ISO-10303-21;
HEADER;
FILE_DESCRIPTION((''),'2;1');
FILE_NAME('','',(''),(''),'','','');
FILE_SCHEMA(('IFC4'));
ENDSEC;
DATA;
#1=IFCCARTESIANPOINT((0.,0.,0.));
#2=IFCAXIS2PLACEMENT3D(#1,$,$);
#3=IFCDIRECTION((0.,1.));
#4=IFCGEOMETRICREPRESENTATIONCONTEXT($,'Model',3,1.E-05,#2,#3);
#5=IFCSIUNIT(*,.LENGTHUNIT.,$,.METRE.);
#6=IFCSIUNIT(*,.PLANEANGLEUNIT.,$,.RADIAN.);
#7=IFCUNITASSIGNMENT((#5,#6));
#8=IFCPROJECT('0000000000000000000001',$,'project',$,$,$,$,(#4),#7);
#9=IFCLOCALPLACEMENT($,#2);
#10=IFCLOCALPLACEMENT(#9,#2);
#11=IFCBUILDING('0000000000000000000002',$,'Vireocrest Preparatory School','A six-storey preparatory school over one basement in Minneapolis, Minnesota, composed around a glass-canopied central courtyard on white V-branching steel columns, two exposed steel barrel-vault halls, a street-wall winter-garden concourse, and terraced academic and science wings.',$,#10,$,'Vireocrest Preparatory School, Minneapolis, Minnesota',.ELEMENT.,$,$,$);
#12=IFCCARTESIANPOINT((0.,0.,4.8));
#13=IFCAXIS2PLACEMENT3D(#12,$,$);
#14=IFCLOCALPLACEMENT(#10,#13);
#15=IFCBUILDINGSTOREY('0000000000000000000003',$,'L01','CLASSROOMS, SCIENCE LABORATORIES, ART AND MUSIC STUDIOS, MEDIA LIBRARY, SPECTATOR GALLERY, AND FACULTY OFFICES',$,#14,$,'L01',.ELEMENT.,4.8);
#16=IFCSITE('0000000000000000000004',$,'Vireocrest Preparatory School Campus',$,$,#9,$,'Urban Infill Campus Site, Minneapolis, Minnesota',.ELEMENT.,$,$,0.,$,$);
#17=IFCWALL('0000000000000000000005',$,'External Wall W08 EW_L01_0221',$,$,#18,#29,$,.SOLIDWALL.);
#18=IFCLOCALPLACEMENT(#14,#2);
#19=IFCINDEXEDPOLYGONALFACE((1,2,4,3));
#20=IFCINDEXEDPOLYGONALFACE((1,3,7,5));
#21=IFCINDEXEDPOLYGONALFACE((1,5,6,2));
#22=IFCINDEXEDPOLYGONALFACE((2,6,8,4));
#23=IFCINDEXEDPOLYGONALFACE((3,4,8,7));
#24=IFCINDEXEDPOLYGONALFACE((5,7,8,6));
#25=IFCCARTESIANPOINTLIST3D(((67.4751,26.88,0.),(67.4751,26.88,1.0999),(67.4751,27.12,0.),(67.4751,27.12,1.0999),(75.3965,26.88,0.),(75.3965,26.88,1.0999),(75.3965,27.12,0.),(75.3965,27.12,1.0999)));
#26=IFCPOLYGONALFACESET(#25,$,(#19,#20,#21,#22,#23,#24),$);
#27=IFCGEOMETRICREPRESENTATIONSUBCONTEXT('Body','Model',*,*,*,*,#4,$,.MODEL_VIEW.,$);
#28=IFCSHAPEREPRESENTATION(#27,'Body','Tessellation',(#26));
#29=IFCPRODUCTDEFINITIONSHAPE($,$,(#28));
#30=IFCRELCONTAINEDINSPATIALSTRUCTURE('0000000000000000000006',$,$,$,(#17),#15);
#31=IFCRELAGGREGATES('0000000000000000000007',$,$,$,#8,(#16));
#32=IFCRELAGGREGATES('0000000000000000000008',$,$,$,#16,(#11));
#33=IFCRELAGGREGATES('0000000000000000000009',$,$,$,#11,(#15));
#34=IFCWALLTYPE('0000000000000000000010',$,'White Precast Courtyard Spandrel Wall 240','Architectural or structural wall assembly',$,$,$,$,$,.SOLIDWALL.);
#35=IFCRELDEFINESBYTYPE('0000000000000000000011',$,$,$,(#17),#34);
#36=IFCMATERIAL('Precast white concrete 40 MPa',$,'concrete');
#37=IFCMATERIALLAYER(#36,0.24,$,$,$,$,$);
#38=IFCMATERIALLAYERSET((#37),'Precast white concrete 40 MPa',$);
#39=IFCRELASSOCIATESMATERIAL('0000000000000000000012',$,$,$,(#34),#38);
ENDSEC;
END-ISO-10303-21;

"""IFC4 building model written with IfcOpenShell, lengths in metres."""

from ifc_helpers import new_model, si_unit, direction, frame, frame_2d, origin, place, context, subcontext, project, spatial, rectangle, extrude, material, layer, layer_set, type_object, element, save


model = new_model("IFC4")

# Units and contexts
model_context = context("Model", 3, precision=1e-05, world=origin(), true_north=direction((0.0, 1.0)))
body_context = subcontext(model_context, "Body", "Model", "MODEL_VIEW")
ifc_project = project(units=[si_unit("LENGTHUNIT", "METRE"), si_unit("PLANEANGLEUNIT", "RADIAN")], contexts=[model_context])

# Site, building, storey
site_placement = place(None, origin())
site = spatial("IfcSite", under=ifc_project, at=site_placement, Name="Vireocrest Preparatory School Campus", LongName="Urban Infill Campus Site, Minneapolis, Minnesota", CompositionType="ELEMENT", RefElevation=0.0)
building_placement = place(site_placement, origin())
building = spatial("IfcBuilding", under=site, at=building_placement, Name="Vireocrest Preparatory School", Description="A six-storey preparatory school over one basement in Minneapolis, Minnesota, composed around a glass-canopied central courtyard on white V-branching steel columns, two exposed steel barrel-vault halls, a street-wall winter-garden concourse, and terraced academic and science wings.", LongName="Vireocrest Preparatory School, Minneapolis, Minnesota", CompositionType="ELEMENT")
storey_placement = place(building_placement, frame((0.0, 0.0, 4.8)))
storey = spatial("IfcBuildingStorey", under=building, at=storey_placement, Name="L01", Description="CLASSROOMS, SCIENCE LABORATORIES, ART AND MUSIC STUDIOS, MEDIA LIBRARY, SPECTATOR GALLERY, AND FACULTY OFFICES", LongName="L01", CompositionType="ELEMENT", Elevation=4.8)

# Shared definitions
ifc_material_1 = material(Name="Precast white concrete 40 MPa", Category="concrete")

# Wall
ifc_layer_1 = layer(ifc_material_1, 0.24)
ifc_layer_set_1 = layer_set([ifc_layer_1], Name="Precast white concrete 40 MPa")
wall_type_1 = type_object("IfcWallType", Name="White Precast Courtyard Spandrel Wall 240", Description="Architectural or structural wall assembly", PredefinedType="SOLIDWALL", material=ifc_layer_set_1)
wall_1_placement = place(storey_placement, frame((67.4751, 27.0, 0.0), z_axis=(0.0, 0.0, 1.0), x_axis=(1.0, 0.0, 0.0)))
element("IfcWall", 1, at=wall_1_placement, inside=storey, type_object=wall_type_1, Name="External Wall W08 EW_L01_0221", PredefinedType="SOLIDWALL", context=body_context, shape_type="SweptSolid", body=[
    extrude(rectangle(XDim=7.9214, YDim=0.24, at=frame_2d((3.9607, 0.0))), origin(), (0.0, 0.0, 1.0), 1.0999),
])

save(model, "model.ifc")
